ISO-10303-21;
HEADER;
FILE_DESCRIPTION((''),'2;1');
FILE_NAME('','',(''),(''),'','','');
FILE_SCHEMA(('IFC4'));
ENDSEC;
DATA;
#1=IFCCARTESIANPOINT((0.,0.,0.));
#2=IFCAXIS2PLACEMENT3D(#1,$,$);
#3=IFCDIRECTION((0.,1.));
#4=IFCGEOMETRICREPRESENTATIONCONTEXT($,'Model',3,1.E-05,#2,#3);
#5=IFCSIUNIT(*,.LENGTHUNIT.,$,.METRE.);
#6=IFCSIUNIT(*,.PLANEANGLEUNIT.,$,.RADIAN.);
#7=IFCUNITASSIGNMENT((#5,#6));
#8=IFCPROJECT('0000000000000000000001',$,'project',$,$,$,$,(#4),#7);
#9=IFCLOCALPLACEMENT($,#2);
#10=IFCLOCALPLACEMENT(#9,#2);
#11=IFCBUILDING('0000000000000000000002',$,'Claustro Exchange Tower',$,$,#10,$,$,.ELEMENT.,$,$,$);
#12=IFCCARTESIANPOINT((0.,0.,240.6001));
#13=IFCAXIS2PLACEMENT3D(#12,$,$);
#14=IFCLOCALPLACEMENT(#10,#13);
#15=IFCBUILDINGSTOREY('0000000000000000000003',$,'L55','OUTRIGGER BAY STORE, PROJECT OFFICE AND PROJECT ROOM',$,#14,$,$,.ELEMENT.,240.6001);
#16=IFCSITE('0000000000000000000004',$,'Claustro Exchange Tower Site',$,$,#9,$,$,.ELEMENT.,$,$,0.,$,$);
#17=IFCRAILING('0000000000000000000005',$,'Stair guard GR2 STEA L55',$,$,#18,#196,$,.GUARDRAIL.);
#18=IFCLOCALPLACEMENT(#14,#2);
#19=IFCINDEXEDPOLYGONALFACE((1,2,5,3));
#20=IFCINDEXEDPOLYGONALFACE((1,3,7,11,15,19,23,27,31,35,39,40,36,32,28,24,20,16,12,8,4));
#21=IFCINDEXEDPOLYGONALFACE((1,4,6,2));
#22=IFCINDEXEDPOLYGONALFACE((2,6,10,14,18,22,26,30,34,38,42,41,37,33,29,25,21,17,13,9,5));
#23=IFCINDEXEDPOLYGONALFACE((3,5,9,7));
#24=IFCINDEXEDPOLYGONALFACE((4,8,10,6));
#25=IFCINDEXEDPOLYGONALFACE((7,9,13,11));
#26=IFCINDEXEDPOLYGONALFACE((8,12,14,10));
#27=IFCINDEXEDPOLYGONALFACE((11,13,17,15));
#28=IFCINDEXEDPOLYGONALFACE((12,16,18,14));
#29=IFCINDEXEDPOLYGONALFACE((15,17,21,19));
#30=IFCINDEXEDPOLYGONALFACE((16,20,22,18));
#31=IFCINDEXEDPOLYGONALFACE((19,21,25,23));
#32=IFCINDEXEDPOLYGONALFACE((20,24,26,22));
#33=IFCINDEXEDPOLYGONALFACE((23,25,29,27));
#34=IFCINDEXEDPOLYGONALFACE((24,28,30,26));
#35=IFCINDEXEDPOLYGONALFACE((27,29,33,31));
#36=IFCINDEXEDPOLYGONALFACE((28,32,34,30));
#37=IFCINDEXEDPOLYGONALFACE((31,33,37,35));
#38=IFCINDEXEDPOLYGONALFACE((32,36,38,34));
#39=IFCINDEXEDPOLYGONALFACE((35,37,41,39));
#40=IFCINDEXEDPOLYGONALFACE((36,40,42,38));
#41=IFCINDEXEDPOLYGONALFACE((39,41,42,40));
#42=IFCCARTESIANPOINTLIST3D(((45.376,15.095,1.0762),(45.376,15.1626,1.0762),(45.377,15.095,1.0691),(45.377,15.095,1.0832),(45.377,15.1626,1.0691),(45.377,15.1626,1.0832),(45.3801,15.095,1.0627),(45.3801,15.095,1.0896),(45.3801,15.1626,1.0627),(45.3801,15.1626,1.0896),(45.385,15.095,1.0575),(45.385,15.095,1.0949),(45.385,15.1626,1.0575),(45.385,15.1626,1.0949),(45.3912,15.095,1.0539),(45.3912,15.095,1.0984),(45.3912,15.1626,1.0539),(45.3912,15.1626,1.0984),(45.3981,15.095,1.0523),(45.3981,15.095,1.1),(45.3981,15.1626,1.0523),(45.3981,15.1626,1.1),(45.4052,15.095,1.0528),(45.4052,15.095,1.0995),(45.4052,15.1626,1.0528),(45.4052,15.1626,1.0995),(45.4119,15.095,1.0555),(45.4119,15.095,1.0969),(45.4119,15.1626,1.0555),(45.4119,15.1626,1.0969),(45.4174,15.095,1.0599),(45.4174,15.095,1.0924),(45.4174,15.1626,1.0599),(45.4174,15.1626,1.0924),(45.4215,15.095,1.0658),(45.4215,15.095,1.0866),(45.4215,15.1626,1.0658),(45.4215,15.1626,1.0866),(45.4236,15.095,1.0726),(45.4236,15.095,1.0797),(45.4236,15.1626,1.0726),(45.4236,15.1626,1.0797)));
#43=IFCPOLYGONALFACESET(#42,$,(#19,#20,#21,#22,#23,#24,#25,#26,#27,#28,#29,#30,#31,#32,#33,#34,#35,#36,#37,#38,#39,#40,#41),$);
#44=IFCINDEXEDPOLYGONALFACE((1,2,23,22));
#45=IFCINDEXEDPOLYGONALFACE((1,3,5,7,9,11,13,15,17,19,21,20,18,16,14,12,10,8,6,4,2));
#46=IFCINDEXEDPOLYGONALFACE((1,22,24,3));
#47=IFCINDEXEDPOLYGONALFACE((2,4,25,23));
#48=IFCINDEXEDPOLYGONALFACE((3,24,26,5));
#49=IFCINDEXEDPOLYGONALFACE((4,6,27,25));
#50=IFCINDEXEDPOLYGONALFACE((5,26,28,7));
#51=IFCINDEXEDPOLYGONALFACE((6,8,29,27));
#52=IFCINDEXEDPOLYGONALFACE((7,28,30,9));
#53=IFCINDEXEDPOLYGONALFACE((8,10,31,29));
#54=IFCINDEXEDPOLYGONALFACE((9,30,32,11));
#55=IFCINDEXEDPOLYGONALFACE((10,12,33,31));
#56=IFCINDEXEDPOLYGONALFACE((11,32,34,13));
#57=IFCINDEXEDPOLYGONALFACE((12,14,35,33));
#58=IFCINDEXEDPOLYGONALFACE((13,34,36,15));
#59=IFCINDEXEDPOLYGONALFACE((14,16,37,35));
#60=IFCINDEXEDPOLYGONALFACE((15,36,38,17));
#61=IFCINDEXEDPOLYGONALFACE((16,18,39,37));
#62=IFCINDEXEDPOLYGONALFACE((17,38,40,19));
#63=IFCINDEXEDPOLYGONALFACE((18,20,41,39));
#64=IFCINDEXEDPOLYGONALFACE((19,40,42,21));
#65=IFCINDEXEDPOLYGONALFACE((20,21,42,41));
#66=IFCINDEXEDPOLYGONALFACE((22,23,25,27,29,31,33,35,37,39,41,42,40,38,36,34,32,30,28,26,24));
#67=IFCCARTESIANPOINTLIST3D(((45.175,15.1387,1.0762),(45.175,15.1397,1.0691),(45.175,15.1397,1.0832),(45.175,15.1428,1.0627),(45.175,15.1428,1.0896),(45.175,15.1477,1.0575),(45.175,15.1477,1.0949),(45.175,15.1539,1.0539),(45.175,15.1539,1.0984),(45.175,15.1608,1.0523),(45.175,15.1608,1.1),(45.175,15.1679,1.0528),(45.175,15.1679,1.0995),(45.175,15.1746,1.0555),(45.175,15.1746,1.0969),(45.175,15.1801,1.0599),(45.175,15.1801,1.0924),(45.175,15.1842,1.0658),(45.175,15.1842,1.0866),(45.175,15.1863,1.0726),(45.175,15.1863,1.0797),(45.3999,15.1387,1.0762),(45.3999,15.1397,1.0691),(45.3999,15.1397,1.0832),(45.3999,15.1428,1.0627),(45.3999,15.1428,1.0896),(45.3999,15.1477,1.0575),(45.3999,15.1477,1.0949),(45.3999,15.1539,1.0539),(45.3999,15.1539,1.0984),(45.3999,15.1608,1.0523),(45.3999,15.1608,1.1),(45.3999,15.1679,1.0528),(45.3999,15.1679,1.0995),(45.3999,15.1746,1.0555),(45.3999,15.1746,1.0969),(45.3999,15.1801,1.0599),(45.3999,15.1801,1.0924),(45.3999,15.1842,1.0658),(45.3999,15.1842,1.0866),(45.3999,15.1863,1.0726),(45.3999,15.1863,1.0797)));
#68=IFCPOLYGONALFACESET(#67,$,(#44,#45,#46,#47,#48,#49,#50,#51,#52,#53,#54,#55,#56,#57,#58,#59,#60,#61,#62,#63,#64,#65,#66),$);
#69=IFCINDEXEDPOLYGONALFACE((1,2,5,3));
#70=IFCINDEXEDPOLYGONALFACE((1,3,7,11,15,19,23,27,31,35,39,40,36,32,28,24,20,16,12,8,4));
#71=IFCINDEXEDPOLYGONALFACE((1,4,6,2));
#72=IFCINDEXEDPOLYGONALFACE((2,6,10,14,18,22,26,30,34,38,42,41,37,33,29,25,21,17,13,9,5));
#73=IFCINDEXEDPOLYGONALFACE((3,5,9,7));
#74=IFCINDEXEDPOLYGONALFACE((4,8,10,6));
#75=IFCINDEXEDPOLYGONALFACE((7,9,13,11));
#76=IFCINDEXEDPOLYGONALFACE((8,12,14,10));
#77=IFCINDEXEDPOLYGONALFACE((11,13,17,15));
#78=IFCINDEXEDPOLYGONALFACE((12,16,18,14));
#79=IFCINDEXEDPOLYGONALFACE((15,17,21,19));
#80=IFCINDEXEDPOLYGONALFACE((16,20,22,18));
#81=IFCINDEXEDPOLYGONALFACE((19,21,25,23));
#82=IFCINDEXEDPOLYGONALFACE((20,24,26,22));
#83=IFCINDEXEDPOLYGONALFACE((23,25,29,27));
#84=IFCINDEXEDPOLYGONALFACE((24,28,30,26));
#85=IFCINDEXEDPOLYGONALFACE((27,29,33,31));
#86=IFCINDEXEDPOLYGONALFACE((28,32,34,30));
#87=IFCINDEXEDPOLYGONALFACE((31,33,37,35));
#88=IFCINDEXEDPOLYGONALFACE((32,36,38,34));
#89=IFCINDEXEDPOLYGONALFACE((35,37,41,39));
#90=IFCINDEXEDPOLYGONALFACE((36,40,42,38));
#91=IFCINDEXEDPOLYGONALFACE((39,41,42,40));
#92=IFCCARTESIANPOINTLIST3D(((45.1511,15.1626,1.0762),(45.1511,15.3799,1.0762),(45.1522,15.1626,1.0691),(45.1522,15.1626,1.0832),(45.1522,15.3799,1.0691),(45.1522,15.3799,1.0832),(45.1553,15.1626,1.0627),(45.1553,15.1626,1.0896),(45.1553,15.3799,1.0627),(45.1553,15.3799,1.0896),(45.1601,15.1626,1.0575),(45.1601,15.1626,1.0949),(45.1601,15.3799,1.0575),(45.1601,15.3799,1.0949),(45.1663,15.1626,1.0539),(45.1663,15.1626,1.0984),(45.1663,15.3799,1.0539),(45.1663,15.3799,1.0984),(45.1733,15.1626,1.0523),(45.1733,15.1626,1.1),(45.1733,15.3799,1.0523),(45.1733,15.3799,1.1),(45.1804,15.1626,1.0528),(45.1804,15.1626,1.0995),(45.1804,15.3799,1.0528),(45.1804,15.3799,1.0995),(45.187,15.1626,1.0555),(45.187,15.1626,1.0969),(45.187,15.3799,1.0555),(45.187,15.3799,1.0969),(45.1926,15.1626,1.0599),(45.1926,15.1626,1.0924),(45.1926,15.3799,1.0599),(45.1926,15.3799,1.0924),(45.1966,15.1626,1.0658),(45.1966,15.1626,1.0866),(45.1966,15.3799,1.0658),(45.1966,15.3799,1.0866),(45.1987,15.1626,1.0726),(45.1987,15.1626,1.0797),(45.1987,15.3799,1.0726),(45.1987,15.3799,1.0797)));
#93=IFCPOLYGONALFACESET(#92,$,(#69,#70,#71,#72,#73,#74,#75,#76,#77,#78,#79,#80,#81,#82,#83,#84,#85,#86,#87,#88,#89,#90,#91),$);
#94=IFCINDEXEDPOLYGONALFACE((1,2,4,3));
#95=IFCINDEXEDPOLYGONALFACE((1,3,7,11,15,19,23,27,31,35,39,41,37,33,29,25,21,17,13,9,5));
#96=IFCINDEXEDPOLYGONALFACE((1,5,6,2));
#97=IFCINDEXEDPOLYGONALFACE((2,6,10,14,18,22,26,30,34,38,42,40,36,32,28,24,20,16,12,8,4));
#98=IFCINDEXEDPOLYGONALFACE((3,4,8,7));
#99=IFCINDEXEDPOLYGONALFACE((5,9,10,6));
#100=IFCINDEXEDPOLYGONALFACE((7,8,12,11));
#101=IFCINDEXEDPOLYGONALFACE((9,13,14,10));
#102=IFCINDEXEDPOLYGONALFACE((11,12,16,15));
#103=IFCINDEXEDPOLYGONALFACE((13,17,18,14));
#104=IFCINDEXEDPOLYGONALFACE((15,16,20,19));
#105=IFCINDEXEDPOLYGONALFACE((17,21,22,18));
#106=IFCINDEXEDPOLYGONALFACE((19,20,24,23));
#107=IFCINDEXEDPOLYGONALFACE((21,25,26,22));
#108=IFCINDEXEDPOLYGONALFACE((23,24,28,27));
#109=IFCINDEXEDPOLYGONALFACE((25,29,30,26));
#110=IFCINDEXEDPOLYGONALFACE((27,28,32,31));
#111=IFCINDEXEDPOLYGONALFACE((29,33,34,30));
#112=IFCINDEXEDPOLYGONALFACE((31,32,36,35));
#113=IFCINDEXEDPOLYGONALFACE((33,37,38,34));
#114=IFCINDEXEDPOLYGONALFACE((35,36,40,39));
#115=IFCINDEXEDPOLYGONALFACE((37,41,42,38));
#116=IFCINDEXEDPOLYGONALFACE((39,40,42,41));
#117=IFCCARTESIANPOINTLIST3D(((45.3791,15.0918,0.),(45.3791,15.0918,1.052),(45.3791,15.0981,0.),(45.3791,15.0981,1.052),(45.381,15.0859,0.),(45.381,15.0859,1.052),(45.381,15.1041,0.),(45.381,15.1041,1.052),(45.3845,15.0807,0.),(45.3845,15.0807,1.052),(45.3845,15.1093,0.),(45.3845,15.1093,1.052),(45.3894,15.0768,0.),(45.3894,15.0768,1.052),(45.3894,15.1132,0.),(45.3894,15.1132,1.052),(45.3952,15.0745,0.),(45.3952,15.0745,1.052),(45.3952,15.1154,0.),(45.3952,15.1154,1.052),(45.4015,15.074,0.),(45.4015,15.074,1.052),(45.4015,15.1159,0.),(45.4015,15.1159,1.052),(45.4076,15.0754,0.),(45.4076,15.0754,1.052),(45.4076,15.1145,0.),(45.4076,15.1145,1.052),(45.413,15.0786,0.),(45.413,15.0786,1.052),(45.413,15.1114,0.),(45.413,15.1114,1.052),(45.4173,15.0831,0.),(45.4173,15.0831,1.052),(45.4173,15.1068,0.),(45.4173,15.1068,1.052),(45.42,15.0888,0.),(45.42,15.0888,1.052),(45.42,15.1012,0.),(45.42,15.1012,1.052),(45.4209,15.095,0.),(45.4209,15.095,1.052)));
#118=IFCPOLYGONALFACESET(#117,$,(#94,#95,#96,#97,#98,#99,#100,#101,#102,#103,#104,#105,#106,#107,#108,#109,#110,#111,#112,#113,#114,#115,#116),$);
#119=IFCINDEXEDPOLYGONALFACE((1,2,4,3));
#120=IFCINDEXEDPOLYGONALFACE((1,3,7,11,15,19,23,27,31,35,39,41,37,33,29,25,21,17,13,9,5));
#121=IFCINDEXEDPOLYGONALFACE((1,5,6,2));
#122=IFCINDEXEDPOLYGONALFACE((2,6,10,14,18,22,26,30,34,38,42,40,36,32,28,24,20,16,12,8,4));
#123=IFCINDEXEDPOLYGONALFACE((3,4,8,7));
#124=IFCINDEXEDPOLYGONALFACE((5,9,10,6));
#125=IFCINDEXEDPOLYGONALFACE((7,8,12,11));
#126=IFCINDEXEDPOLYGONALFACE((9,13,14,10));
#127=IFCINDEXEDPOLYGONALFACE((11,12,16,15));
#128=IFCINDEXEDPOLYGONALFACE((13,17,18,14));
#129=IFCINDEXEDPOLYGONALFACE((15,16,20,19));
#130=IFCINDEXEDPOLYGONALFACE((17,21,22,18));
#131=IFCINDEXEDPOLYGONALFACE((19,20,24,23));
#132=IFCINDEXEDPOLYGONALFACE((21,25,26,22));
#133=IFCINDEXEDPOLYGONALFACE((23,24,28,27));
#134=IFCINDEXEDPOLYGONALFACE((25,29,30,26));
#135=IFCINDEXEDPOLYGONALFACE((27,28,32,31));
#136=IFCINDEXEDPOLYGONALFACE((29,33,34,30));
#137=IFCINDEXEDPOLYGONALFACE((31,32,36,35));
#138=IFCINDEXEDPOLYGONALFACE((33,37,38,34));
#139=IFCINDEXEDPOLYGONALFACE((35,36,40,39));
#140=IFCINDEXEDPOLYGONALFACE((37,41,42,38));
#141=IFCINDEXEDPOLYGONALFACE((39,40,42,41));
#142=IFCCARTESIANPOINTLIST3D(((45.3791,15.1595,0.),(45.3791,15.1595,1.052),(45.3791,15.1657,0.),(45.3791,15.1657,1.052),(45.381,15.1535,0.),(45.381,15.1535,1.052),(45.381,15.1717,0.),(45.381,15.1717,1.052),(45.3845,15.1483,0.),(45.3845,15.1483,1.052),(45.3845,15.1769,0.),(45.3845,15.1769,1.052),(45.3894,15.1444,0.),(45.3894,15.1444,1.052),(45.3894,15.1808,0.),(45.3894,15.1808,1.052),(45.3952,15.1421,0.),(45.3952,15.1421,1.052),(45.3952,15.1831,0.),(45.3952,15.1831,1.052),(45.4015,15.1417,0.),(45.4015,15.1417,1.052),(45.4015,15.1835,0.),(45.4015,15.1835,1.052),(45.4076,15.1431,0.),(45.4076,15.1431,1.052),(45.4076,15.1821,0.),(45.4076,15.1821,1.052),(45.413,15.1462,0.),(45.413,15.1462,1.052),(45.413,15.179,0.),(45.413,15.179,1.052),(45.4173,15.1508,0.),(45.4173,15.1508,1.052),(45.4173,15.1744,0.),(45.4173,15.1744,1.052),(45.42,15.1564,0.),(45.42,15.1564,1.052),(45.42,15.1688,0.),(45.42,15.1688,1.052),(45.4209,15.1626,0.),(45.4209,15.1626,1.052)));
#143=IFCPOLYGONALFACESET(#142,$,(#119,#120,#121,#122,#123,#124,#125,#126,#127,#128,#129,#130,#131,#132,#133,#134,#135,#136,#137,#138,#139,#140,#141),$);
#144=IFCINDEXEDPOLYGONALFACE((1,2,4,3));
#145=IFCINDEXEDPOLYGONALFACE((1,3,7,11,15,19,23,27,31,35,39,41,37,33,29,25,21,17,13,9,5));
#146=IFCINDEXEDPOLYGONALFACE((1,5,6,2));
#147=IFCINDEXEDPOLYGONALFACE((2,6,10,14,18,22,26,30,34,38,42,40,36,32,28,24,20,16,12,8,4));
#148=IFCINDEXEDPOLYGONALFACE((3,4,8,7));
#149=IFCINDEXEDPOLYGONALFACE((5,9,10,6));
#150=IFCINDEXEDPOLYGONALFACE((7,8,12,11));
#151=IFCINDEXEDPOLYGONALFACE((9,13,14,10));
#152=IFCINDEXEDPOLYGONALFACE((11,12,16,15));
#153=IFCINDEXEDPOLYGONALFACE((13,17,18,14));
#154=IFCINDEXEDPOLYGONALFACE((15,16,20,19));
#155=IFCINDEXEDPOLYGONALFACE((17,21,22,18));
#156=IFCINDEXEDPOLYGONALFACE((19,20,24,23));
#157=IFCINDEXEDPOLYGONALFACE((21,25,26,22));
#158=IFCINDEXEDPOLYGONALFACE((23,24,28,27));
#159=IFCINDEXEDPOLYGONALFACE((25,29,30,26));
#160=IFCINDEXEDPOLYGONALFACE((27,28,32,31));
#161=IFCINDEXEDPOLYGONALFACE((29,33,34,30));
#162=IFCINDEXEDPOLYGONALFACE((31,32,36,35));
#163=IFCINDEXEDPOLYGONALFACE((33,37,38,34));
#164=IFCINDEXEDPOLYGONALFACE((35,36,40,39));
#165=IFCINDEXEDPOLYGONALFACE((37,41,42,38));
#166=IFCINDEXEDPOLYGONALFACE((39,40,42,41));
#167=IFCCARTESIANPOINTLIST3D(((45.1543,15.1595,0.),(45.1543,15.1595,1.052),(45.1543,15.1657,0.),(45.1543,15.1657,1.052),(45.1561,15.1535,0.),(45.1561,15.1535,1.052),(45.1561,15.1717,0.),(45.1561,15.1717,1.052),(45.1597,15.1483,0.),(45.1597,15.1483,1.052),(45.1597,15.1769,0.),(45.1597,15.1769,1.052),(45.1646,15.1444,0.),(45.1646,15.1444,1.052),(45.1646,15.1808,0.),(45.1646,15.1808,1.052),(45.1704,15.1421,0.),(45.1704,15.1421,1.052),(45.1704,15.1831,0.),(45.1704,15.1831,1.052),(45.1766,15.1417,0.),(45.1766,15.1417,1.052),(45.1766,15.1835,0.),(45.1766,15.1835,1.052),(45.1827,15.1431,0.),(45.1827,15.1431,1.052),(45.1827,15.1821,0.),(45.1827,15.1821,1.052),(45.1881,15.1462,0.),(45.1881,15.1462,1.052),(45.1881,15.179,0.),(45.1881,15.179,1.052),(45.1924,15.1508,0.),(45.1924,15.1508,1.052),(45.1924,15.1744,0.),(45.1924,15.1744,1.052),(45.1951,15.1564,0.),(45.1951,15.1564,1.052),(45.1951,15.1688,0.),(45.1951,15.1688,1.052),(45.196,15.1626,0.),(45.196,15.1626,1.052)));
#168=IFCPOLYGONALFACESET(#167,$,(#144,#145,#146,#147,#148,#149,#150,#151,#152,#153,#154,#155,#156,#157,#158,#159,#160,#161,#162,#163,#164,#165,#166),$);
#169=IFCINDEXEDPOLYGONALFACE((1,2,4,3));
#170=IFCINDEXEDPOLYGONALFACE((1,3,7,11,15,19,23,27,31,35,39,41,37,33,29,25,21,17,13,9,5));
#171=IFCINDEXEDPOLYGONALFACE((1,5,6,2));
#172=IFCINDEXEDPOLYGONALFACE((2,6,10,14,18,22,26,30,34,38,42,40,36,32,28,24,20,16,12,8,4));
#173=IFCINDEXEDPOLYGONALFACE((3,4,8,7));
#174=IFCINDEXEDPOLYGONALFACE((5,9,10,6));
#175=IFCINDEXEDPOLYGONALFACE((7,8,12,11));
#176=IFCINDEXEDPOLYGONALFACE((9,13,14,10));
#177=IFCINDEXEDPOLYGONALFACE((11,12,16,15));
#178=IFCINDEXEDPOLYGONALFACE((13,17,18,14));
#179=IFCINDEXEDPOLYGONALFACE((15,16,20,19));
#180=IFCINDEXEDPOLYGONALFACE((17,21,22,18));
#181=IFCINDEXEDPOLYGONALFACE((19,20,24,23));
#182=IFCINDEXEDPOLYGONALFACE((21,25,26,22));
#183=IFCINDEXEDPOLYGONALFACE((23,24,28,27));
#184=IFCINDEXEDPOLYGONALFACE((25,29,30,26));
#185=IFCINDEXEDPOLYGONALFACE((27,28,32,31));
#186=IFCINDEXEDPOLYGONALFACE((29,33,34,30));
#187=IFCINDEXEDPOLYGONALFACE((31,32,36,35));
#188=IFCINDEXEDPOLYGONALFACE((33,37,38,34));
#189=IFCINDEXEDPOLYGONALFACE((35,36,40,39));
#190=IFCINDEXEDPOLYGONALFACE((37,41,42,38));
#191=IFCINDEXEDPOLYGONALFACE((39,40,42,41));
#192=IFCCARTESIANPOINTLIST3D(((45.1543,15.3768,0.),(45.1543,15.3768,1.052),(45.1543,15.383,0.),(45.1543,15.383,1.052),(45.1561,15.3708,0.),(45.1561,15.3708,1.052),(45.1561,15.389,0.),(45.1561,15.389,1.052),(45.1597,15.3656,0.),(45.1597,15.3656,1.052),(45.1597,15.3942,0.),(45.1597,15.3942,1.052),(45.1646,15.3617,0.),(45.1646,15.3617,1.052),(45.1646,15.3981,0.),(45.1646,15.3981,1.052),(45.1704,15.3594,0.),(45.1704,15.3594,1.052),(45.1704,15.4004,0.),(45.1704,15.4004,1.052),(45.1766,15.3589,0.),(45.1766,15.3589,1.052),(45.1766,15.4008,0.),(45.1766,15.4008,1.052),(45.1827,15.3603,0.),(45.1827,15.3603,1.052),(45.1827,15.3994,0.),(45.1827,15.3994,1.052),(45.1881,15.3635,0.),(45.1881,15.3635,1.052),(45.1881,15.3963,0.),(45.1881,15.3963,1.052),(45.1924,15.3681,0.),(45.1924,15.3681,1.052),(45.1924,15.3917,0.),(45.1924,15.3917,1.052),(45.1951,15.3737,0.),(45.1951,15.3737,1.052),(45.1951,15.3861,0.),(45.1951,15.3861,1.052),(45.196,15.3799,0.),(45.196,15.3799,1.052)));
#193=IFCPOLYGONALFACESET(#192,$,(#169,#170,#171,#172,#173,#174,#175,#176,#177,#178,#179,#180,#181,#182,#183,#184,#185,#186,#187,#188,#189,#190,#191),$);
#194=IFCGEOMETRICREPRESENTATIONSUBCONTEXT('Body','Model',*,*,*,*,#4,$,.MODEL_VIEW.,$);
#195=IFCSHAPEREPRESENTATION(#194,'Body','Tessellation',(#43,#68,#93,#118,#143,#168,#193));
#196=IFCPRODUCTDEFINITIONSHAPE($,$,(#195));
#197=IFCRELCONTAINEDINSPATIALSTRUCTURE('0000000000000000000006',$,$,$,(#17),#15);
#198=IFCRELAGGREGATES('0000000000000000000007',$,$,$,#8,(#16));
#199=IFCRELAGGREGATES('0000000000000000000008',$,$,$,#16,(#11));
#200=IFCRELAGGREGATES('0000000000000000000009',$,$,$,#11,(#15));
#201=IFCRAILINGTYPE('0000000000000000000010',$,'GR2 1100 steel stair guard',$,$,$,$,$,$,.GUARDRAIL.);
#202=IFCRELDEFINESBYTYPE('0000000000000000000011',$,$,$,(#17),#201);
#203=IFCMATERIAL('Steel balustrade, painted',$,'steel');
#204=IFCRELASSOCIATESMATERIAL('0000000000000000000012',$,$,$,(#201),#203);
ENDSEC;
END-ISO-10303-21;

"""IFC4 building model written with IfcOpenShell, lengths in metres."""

from ifc_helpers import new_model, si_unit, direction, frame, origin, origin_2d, place, context, subcontext, project, spatial, circle, extrude, material, type_object, element, save


model = new_model("IFC4")

# Units and contexts
model_context = context("Model", 3, precision=1e-05, world=origin(), true_north=direction((0.0, 1.0)))
body_context = subcontext(model_context, "Body", "Model", "MODEL_VIEW")
ifc_project = project(units=[si_unit("LENGTHUNIT", "METRE"), si_unit("PLANEANGLEUNIT", "RADIAN")], contexts=[model_context])

# Site, building, storey
site_placement = place(None, origin())
site = spatial("IfcSite", under=ifc_project, at=site_placement, Name="Claustro Exchange Tower Site", CompositionType="ELEMENT", RefElevation=0.0)
building_placement = place(site_placement, origin())
building = spatial("IfcBuilding", under=site, at=building_placement, Name="Claustro Exchange Tower", CompositionType="ELEMENT")
storey_placement = place(building_placement, frame((0.0, 0.0, 240.6001)))
storey = spatial("IfcBuildingStorey", under=building, at=storey_placement, Name="L55", Description="OUTRIGGER BAY STORE, PROJECT OFFICE AND PROJECT ROOM", CompositionType="ELEMENT", Elevation=240.6001)

# Railing
ifc_material_1 = material(Name="Steel balustrade, painted", Category="steel")
railing_type_1 = type_object("IfcRailingType", Name="GR2 1100 steel stair guard", PredefinedType="GUARDRAIL", material=ifc_material_1)
railing_1_placement = place(storey_placement, frame((45.3999, 15.095, 0.0)))
element("IfcRailing", 1, at=railing_1_placement, inside=storey, type_object=railing_type_1, Name="Stair guard GR2 STEA L55", PredefinedType="GUARDRAIL", context=body_context, shape_type="SweptSolid", body=[
    extrude(circle(Radius=0.0239, at=origin_2d()), frame((0.0, 0.0, 1.0762), z_axis=(0.0, 1.0, 0.0), x_axis=(-1.0, 0.0, 0.0)), (0.0, 0.0, 1.0), 0.0676),
    extrude(circle(Radius=0.0239, at=origin_2d()), frame((0.0, 0.0676, 1.0762), z_axis=(-1.0, 0.0, 0.0), x_axis=(0.0, -1.0, 0.0)), (0.0, 0.0, 1.0), 0.2249),
    extrude(circle(Radius=0.0239, at=origin_2d()), frame((-0.2249, 0.0676, 1.0762), z_axis=(0.0, 1.0, 0.0), x_axis=(-1.0, 0.0, 0.0)), (0.0, 0.0, 1.0), 0.2173),
    extrude(circle(Radius=0.021, at=origin_2d()), origin(), (0.0, 0.0, 1.0), 1.052),
    extrude(circle(Radius=0.021, at=origin_2d()), frame((0.0, 0.0676, 0.0)), (0.0, 0.0, 1.0), 1.052),
    extrude(circle(Radius=0.021, at=origin_2d()), frame((-0.2249, 0.0676, 0.0)), (0.0, 0.0, 1.0), 1.052),
    extrude(circle(Radius=0.021, at=origin_2d()), frame((-0.2249, 0.2849, 0.0)), (0.0, 0.0, 1.0), 1.052),
])

save(model, "model.ifc")
